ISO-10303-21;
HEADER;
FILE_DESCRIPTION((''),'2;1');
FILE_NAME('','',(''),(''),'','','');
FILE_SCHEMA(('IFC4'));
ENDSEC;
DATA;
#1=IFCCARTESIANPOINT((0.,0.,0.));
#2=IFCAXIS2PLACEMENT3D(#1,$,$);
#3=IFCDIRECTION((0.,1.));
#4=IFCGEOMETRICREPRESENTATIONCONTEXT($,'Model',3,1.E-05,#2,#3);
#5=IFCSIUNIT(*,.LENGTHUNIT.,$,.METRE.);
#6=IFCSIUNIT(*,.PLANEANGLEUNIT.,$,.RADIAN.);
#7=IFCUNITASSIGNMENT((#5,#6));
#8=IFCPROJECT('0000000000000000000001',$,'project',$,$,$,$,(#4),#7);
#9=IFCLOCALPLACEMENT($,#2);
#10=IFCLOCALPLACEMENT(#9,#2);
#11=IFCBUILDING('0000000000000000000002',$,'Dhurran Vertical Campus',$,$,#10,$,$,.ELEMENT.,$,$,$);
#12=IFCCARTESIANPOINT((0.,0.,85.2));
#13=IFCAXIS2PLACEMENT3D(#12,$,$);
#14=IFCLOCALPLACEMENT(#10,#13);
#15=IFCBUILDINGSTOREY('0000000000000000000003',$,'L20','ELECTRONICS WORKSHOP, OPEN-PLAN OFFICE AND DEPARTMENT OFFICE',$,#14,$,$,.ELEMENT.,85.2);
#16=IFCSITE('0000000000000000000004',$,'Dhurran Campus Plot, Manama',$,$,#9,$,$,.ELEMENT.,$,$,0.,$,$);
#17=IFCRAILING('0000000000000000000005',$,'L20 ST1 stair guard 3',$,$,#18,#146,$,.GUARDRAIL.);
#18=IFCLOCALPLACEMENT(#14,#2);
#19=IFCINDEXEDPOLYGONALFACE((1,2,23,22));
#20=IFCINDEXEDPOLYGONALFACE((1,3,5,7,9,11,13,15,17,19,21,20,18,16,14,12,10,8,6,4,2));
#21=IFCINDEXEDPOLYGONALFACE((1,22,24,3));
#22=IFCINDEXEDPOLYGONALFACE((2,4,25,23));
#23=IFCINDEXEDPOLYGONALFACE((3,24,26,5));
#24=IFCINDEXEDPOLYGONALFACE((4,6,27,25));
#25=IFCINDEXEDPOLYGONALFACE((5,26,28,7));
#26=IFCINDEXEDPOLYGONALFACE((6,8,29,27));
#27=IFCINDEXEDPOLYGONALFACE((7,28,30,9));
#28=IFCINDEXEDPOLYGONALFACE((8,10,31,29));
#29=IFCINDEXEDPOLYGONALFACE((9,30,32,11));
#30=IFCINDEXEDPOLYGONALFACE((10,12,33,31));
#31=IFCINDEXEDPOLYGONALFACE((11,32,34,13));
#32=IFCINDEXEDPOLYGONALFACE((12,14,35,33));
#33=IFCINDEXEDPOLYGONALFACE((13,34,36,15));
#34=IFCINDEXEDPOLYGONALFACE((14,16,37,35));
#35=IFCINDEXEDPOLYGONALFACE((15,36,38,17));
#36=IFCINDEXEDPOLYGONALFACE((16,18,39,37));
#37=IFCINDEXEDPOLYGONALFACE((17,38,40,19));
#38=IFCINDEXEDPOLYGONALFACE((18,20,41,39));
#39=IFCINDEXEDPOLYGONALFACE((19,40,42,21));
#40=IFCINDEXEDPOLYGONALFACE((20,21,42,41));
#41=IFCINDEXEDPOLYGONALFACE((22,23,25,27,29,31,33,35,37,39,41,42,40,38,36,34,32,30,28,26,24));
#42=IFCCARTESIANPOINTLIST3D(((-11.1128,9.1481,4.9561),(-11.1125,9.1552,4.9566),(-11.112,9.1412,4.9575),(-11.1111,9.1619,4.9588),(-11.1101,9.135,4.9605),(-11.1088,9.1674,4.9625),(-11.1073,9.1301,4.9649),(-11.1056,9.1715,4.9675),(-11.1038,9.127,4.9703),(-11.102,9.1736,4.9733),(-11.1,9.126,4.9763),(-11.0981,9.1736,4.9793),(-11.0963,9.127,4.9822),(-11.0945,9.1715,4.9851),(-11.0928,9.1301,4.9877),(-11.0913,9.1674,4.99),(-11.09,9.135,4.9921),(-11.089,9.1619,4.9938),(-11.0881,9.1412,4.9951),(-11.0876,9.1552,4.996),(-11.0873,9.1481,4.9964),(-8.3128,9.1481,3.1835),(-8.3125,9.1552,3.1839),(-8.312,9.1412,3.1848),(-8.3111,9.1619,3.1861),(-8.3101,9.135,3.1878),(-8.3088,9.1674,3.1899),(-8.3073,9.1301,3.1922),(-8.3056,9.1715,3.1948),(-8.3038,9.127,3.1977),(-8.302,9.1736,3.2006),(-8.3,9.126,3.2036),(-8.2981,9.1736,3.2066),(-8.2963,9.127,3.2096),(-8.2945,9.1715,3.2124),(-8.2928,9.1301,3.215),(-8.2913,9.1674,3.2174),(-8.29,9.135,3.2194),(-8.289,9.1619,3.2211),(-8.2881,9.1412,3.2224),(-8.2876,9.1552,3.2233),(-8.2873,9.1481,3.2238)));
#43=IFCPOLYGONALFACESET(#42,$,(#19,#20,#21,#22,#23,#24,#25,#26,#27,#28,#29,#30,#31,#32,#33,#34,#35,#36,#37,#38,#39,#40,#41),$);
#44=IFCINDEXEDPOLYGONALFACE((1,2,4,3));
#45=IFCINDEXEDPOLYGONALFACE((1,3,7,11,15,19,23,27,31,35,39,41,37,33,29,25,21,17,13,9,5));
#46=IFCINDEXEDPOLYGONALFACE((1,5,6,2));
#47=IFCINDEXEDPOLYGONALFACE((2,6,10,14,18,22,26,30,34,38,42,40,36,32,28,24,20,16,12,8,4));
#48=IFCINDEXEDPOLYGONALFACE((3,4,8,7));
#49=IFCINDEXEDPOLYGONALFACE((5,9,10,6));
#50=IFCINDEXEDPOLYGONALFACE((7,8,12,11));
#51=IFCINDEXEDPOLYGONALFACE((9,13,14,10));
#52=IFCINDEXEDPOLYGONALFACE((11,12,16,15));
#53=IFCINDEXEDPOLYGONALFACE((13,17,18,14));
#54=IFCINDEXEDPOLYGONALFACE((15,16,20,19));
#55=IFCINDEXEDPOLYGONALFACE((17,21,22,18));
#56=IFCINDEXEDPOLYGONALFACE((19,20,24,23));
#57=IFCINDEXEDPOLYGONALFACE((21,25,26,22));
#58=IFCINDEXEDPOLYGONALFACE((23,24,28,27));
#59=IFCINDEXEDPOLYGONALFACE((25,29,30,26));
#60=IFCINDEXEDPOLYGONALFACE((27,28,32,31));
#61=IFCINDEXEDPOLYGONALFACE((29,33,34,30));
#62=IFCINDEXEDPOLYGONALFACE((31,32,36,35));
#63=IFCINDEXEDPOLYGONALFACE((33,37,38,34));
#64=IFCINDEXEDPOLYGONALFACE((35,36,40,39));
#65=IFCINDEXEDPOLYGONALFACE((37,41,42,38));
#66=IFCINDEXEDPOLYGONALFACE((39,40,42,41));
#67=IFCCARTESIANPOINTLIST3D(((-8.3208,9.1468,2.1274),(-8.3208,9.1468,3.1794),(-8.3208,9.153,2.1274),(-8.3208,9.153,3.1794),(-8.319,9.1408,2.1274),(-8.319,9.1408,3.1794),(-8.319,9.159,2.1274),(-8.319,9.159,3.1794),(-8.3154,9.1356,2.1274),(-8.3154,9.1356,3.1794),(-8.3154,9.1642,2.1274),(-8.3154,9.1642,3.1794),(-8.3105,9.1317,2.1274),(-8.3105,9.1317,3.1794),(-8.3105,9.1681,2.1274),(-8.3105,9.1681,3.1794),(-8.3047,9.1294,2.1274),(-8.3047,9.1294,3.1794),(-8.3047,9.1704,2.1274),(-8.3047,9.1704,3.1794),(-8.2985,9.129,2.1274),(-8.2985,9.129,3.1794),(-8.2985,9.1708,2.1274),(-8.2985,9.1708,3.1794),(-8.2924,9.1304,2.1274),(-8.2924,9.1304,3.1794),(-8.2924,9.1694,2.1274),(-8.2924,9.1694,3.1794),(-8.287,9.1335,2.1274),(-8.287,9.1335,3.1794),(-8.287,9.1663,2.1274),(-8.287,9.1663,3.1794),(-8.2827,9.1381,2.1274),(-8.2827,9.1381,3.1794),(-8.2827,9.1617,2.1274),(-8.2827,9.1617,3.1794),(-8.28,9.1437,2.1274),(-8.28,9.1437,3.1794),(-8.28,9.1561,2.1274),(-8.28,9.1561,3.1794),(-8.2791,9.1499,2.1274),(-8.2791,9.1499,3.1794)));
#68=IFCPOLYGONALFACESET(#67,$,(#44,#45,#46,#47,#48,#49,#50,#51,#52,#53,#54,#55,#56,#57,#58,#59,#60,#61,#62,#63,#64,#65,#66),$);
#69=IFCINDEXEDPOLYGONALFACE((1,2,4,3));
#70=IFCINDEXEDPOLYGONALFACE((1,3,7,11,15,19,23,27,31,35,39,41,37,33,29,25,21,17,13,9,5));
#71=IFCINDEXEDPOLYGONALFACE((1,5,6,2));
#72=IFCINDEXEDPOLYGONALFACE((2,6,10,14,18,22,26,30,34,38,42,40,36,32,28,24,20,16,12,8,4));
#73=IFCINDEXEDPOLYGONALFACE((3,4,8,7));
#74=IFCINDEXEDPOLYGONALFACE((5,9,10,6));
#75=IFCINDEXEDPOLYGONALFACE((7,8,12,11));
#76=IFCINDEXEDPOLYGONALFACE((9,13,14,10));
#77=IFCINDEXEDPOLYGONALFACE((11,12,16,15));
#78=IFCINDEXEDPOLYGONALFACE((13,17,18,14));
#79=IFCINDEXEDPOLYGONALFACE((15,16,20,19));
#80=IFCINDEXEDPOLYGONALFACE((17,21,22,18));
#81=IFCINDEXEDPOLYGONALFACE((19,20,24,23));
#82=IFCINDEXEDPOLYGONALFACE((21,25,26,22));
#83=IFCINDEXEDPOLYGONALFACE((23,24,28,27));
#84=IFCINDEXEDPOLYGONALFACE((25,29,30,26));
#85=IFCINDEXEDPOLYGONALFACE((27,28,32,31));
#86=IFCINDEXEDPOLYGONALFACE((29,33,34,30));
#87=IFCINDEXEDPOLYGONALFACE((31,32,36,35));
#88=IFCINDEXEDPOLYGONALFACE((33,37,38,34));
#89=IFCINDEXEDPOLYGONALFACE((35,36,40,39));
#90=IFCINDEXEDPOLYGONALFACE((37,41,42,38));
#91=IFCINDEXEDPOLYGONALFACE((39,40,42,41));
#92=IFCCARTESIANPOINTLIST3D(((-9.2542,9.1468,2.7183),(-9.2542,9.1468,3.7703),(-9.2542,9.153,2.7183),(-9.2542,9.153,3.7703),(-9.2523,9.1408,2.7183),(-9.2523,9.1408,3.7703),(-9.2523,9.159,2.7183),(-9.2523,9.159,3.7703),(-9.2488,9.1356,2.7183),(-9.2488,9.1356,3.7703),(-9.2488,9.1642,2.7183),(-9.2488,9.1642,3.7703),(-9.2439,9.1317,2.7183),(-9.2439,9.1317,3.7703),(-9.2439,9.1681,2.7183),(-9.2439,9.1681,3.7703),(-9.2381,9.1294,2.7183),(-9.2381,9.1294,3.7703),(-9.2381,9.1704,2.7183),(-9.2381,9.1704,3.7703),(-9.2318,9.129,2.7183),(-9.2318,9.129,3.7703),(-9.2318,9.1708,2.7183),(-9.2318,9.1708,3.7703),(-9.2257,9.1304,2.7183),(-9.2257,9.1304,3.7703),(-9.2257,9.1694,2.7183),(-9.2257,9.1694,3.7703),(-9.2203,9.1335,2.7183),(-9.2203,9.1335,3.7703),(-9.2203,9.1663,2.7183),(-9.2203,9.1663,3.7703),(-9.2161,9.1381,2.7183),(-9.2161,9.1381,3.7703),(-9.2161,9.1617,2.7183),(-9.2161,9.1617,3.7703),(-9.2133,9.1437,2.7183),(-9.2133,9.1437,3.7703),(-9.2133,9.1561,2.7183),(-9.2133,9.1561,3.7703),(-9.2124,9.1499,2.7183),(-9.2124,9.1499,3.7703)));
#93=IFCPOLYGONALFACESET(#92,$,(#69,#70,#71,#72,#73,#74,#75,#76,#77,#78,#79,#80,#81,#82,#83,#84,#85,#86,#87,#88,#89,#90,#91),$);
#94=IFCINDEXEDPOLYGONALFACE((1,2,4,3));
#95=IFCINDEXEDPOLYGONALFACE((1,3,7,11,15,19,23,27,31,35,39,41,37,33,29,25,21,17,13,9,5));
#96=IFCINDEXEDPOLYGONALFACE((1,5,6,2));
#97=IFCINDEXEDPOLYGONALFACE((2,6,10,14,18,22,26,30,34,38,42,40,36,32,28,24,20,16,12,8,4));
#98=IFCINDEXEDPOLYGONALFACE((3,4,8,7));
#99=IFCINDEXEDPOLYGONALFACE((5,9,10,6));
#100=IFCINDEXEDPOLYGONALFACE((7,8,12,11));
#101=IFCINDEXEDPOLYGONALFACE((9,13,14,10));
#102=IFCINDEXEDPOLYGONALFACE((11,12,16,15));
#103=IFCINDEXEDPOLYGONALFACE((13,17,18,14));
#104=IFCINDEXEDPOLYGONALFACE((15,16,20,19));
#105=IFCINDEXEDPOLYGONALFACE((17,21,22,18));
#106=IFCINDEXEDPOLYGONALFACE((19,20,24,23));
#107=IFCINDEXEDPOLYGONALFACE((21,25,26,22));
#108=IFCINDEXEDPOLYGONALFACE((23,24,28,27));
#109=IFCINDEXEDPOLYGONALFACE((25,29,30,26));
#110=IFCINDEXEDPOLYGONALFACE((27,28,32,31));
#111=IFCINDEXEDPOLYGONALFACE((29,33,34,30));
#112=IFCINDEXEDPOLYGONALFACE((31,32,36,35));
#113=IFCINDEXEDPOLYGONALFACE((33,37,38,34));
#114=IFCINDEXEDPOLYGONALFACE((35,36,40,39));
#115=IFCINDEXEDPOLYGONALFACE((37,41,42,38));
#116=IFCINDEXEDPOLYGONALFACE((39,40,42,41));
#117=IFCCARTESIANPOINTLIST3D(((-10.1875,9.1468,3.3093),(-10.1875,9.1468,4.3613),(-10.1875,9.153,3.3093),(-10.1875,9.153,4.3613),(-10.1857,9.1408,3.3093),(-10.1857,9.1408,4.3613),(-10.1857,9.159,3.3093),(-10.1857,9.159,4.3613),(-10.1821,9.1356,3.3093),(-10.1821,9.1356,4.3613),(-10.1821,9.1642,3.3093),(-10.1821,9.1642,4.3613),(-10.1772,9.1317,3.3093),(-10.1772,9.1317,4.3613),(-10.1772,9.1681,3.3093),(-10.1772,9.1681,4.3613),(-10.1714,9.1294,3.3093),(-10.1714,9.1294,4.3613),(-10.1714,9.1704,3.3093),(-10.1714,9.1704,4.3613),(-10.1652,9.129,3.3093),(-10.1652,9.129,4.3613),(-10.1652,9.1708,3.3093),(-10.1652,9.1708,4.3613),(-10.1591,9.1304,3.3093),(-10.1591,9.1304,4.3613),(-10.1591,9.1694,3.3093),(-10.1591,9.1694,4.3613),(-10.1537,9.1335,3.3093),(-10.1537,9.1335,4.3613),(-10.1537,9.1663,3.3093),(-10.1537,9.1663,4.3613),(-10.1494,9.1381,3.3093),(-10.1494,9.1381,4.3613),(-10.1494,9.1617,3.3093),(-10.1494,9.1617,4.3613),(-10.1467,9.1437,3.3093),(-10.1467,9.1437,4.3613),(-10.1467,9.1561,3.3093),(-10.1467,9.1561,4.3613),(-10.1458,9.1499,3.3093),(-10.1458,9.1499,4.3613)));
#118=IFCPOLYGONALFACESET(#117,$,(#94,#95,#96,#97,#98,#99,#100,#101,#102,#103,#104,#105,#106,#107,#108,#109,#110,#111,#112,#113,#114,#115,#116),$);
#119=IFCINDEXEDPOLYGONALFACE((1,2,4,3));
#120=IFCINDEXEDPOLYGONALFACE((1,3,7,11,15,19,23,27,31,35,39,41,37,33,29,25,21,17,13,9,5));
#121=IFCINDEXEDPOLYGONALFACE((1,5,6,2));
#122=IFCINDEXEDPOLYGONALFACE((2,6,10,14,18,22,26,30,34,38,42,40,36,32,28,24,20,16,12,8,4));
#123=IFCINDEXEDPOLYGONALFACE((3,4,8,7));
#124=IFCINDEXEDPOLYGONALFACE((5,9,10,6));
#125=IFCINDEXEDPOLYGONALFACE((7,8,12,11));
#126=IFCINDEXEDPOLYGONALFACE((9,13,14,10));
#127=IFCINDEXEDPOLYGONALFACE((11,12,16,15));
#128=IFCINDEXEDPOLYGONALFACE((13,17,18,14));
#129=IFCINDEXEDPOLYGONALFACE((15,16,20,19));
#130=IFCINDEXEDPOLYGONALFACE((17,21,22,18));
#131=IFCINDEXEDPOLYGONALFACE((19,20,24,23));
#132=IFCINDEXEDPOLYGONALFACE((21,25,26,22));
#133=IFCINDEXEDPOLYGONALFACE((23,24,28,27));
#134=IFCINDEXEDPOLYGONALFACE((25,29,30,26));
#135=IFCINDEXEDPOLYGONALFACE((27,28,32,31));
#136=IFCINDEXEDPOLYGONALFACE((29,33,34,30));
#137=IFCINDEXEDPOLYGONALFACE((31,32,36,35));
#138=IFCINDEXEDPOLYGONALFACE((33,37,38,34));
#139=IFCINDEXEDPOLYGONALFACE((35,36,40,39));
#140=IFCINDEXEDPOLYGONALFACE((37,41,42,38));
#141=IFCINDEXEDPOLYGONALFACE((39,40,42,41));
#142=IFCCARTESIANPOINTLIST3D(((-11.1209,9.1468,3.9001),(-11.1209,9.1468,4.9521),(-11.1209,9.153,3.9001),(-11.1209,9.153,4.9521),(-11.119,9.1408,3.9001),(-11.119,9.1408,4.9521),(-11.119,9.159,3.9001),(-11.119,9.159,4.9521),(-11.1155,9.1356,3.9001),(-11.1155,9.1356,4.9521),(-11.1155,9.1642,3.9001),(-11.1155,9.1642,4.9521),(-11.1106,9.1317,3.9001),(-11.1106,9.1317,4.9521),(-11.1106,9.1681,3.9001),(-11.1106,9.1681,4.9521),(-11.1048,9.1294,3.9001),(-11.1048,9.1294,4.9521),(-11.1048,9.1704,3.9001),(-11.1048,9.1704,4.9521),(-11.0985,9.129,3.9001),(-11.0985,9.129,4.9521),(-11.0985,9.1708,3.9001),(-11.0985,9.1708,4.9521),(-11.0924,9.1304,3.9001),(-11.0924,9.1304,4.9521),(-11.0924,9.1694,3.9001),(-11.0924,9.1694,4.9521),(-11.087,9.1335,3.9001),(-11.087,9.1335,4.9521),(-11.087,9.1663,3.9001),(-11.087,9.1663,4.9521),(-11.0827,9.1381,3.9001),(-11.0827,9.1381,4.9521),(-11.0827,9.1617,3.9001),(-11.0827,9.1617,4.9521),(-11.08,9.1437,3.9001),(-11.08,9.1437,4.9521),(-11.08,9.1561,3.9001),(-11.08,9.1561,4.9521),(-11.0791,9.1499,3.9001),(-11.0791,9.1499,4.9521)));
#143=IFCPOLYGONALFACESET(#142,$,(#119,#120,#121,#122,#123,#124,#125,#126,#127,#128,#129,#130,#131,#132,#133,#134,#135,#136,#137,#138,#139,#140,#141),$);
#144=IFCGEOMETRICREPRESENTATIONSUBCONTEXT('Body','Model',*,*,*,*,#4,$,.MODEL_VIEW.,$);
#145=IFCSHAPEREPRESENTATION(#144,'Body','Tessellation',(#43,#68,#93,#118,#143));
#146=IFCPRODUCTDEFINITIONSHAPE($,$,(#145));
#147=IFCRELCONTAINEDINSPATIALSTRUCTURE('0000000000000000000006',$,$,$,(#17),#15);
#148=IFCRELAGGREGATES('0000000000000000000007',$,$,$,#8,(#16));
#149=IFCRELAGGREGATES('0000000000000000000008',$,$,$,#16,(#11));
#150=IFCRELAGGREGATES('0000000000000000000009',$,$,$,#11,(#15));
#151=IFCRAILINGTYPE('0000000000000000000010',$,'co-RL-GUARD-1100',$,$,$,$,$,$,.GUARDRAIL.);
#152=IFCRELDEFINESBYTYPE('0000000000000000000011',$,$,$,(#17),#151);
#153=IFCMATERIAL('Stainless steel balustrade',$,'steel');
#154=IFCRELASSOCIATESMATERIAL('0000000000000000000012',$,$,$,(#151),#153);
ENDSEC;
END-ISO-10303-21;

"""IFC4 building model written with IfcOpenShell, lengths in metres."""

from ifc_helpers import new_model, si_unit, direction, frame, origin, origin_2d, place, context, subcontext, project, spatial, circle, extrude, material, type_object, element, save


model = new_model("IFC4")

# Units and contexts
model_context = context("Model", 3, precision=1e-05, world=origin(), true_north=direction((0.0, 1.0)))
body_context = subcontext(model_context, "Body", "Model", "MODEL_VIEW")
ifc_project = project(units=[si_unit("LENGTHUNIT", "METRE"), si_unit("PLANEANGLEUNIT", "RADIAN")], contexts=[model_context])

# Site, building, storey
site_placement = place(None, origin())
site = spatial("IfcSite", under=ifc_project, at=site_placement, Name="Dhurran Campus Plot, Manama", CompositionType="ELEMENT", RefElevation=0.0)
building_placement = place(site_placement, origin())
building = spatial("IfcBuilding", under=site, at=building_placement, Name="Dhurran Vertical Campus", CompositionType="ELEMENT")
storey_placement = place(building_placement, frame((0.0, 0.0, 85.2)))
storey = spatial("IfcBuildingStorey", under=building, at=storey_placement, Name="L20", Description="ELECTRONICS WORKSHOP, OPEN-PLAN OFFICE AND DEPARTMENT OFFICE", CompositionType="ELEMENT", Elevation=85.2)

# Railing
ifc_material_1 = material(Name="Stainless steel balustrade", Category="steel")
railing_type_1 = type_object("IfcRailingType", Name="co-RL-GUARD-1100", PredefinedType="GUARDRAIL", material=ifc_material_1)
railing_1_placement = place(storey_placement, frame((-8.3, 9.1499, 2.1274)))
element("IfcRailing", 1, at=railing_1_placement, inside=storey, type_object=railing_type_1, Name="L20 ST1 stair guard 3", PredefinedType="GUARDRAIL", context=body_context, shape_type="SweptSolid", body=[
    extrude(circle(Radius=0.0239, at=origin_2d()), frame((0.0, 0.0, 1.0762), z_axis=(-0.844909, 0.0, 0.53491), x_axis=(0.0, -1.0, 0.0)), (0.0, 0.0, 1.0), 3.314),
    extrude(circle(Radius=0.021, at=origin_2d()), origin(), (0.0, 0.0, 1.0), 1.052),
    extrude(circle(Radius=0.021, at=origin_2d()), frame((-0.9333, 0.0, 0.5908)), (0.0, 0.0, 1.0), 1.052),
    extrude(circle(Radius=0.021, at=origin_2d()), frame((-1.8667, 0.0, 1.1819)), (0.0, 0.0, 1.0), 1.052),
    extrude(circle(Radius=0.021, at=origin_2d()), frame((-2.8, 0.0, 1.7727)), (0.0, 0.0, 1.0), 1.052),
])

save(model, "model.ifc")
